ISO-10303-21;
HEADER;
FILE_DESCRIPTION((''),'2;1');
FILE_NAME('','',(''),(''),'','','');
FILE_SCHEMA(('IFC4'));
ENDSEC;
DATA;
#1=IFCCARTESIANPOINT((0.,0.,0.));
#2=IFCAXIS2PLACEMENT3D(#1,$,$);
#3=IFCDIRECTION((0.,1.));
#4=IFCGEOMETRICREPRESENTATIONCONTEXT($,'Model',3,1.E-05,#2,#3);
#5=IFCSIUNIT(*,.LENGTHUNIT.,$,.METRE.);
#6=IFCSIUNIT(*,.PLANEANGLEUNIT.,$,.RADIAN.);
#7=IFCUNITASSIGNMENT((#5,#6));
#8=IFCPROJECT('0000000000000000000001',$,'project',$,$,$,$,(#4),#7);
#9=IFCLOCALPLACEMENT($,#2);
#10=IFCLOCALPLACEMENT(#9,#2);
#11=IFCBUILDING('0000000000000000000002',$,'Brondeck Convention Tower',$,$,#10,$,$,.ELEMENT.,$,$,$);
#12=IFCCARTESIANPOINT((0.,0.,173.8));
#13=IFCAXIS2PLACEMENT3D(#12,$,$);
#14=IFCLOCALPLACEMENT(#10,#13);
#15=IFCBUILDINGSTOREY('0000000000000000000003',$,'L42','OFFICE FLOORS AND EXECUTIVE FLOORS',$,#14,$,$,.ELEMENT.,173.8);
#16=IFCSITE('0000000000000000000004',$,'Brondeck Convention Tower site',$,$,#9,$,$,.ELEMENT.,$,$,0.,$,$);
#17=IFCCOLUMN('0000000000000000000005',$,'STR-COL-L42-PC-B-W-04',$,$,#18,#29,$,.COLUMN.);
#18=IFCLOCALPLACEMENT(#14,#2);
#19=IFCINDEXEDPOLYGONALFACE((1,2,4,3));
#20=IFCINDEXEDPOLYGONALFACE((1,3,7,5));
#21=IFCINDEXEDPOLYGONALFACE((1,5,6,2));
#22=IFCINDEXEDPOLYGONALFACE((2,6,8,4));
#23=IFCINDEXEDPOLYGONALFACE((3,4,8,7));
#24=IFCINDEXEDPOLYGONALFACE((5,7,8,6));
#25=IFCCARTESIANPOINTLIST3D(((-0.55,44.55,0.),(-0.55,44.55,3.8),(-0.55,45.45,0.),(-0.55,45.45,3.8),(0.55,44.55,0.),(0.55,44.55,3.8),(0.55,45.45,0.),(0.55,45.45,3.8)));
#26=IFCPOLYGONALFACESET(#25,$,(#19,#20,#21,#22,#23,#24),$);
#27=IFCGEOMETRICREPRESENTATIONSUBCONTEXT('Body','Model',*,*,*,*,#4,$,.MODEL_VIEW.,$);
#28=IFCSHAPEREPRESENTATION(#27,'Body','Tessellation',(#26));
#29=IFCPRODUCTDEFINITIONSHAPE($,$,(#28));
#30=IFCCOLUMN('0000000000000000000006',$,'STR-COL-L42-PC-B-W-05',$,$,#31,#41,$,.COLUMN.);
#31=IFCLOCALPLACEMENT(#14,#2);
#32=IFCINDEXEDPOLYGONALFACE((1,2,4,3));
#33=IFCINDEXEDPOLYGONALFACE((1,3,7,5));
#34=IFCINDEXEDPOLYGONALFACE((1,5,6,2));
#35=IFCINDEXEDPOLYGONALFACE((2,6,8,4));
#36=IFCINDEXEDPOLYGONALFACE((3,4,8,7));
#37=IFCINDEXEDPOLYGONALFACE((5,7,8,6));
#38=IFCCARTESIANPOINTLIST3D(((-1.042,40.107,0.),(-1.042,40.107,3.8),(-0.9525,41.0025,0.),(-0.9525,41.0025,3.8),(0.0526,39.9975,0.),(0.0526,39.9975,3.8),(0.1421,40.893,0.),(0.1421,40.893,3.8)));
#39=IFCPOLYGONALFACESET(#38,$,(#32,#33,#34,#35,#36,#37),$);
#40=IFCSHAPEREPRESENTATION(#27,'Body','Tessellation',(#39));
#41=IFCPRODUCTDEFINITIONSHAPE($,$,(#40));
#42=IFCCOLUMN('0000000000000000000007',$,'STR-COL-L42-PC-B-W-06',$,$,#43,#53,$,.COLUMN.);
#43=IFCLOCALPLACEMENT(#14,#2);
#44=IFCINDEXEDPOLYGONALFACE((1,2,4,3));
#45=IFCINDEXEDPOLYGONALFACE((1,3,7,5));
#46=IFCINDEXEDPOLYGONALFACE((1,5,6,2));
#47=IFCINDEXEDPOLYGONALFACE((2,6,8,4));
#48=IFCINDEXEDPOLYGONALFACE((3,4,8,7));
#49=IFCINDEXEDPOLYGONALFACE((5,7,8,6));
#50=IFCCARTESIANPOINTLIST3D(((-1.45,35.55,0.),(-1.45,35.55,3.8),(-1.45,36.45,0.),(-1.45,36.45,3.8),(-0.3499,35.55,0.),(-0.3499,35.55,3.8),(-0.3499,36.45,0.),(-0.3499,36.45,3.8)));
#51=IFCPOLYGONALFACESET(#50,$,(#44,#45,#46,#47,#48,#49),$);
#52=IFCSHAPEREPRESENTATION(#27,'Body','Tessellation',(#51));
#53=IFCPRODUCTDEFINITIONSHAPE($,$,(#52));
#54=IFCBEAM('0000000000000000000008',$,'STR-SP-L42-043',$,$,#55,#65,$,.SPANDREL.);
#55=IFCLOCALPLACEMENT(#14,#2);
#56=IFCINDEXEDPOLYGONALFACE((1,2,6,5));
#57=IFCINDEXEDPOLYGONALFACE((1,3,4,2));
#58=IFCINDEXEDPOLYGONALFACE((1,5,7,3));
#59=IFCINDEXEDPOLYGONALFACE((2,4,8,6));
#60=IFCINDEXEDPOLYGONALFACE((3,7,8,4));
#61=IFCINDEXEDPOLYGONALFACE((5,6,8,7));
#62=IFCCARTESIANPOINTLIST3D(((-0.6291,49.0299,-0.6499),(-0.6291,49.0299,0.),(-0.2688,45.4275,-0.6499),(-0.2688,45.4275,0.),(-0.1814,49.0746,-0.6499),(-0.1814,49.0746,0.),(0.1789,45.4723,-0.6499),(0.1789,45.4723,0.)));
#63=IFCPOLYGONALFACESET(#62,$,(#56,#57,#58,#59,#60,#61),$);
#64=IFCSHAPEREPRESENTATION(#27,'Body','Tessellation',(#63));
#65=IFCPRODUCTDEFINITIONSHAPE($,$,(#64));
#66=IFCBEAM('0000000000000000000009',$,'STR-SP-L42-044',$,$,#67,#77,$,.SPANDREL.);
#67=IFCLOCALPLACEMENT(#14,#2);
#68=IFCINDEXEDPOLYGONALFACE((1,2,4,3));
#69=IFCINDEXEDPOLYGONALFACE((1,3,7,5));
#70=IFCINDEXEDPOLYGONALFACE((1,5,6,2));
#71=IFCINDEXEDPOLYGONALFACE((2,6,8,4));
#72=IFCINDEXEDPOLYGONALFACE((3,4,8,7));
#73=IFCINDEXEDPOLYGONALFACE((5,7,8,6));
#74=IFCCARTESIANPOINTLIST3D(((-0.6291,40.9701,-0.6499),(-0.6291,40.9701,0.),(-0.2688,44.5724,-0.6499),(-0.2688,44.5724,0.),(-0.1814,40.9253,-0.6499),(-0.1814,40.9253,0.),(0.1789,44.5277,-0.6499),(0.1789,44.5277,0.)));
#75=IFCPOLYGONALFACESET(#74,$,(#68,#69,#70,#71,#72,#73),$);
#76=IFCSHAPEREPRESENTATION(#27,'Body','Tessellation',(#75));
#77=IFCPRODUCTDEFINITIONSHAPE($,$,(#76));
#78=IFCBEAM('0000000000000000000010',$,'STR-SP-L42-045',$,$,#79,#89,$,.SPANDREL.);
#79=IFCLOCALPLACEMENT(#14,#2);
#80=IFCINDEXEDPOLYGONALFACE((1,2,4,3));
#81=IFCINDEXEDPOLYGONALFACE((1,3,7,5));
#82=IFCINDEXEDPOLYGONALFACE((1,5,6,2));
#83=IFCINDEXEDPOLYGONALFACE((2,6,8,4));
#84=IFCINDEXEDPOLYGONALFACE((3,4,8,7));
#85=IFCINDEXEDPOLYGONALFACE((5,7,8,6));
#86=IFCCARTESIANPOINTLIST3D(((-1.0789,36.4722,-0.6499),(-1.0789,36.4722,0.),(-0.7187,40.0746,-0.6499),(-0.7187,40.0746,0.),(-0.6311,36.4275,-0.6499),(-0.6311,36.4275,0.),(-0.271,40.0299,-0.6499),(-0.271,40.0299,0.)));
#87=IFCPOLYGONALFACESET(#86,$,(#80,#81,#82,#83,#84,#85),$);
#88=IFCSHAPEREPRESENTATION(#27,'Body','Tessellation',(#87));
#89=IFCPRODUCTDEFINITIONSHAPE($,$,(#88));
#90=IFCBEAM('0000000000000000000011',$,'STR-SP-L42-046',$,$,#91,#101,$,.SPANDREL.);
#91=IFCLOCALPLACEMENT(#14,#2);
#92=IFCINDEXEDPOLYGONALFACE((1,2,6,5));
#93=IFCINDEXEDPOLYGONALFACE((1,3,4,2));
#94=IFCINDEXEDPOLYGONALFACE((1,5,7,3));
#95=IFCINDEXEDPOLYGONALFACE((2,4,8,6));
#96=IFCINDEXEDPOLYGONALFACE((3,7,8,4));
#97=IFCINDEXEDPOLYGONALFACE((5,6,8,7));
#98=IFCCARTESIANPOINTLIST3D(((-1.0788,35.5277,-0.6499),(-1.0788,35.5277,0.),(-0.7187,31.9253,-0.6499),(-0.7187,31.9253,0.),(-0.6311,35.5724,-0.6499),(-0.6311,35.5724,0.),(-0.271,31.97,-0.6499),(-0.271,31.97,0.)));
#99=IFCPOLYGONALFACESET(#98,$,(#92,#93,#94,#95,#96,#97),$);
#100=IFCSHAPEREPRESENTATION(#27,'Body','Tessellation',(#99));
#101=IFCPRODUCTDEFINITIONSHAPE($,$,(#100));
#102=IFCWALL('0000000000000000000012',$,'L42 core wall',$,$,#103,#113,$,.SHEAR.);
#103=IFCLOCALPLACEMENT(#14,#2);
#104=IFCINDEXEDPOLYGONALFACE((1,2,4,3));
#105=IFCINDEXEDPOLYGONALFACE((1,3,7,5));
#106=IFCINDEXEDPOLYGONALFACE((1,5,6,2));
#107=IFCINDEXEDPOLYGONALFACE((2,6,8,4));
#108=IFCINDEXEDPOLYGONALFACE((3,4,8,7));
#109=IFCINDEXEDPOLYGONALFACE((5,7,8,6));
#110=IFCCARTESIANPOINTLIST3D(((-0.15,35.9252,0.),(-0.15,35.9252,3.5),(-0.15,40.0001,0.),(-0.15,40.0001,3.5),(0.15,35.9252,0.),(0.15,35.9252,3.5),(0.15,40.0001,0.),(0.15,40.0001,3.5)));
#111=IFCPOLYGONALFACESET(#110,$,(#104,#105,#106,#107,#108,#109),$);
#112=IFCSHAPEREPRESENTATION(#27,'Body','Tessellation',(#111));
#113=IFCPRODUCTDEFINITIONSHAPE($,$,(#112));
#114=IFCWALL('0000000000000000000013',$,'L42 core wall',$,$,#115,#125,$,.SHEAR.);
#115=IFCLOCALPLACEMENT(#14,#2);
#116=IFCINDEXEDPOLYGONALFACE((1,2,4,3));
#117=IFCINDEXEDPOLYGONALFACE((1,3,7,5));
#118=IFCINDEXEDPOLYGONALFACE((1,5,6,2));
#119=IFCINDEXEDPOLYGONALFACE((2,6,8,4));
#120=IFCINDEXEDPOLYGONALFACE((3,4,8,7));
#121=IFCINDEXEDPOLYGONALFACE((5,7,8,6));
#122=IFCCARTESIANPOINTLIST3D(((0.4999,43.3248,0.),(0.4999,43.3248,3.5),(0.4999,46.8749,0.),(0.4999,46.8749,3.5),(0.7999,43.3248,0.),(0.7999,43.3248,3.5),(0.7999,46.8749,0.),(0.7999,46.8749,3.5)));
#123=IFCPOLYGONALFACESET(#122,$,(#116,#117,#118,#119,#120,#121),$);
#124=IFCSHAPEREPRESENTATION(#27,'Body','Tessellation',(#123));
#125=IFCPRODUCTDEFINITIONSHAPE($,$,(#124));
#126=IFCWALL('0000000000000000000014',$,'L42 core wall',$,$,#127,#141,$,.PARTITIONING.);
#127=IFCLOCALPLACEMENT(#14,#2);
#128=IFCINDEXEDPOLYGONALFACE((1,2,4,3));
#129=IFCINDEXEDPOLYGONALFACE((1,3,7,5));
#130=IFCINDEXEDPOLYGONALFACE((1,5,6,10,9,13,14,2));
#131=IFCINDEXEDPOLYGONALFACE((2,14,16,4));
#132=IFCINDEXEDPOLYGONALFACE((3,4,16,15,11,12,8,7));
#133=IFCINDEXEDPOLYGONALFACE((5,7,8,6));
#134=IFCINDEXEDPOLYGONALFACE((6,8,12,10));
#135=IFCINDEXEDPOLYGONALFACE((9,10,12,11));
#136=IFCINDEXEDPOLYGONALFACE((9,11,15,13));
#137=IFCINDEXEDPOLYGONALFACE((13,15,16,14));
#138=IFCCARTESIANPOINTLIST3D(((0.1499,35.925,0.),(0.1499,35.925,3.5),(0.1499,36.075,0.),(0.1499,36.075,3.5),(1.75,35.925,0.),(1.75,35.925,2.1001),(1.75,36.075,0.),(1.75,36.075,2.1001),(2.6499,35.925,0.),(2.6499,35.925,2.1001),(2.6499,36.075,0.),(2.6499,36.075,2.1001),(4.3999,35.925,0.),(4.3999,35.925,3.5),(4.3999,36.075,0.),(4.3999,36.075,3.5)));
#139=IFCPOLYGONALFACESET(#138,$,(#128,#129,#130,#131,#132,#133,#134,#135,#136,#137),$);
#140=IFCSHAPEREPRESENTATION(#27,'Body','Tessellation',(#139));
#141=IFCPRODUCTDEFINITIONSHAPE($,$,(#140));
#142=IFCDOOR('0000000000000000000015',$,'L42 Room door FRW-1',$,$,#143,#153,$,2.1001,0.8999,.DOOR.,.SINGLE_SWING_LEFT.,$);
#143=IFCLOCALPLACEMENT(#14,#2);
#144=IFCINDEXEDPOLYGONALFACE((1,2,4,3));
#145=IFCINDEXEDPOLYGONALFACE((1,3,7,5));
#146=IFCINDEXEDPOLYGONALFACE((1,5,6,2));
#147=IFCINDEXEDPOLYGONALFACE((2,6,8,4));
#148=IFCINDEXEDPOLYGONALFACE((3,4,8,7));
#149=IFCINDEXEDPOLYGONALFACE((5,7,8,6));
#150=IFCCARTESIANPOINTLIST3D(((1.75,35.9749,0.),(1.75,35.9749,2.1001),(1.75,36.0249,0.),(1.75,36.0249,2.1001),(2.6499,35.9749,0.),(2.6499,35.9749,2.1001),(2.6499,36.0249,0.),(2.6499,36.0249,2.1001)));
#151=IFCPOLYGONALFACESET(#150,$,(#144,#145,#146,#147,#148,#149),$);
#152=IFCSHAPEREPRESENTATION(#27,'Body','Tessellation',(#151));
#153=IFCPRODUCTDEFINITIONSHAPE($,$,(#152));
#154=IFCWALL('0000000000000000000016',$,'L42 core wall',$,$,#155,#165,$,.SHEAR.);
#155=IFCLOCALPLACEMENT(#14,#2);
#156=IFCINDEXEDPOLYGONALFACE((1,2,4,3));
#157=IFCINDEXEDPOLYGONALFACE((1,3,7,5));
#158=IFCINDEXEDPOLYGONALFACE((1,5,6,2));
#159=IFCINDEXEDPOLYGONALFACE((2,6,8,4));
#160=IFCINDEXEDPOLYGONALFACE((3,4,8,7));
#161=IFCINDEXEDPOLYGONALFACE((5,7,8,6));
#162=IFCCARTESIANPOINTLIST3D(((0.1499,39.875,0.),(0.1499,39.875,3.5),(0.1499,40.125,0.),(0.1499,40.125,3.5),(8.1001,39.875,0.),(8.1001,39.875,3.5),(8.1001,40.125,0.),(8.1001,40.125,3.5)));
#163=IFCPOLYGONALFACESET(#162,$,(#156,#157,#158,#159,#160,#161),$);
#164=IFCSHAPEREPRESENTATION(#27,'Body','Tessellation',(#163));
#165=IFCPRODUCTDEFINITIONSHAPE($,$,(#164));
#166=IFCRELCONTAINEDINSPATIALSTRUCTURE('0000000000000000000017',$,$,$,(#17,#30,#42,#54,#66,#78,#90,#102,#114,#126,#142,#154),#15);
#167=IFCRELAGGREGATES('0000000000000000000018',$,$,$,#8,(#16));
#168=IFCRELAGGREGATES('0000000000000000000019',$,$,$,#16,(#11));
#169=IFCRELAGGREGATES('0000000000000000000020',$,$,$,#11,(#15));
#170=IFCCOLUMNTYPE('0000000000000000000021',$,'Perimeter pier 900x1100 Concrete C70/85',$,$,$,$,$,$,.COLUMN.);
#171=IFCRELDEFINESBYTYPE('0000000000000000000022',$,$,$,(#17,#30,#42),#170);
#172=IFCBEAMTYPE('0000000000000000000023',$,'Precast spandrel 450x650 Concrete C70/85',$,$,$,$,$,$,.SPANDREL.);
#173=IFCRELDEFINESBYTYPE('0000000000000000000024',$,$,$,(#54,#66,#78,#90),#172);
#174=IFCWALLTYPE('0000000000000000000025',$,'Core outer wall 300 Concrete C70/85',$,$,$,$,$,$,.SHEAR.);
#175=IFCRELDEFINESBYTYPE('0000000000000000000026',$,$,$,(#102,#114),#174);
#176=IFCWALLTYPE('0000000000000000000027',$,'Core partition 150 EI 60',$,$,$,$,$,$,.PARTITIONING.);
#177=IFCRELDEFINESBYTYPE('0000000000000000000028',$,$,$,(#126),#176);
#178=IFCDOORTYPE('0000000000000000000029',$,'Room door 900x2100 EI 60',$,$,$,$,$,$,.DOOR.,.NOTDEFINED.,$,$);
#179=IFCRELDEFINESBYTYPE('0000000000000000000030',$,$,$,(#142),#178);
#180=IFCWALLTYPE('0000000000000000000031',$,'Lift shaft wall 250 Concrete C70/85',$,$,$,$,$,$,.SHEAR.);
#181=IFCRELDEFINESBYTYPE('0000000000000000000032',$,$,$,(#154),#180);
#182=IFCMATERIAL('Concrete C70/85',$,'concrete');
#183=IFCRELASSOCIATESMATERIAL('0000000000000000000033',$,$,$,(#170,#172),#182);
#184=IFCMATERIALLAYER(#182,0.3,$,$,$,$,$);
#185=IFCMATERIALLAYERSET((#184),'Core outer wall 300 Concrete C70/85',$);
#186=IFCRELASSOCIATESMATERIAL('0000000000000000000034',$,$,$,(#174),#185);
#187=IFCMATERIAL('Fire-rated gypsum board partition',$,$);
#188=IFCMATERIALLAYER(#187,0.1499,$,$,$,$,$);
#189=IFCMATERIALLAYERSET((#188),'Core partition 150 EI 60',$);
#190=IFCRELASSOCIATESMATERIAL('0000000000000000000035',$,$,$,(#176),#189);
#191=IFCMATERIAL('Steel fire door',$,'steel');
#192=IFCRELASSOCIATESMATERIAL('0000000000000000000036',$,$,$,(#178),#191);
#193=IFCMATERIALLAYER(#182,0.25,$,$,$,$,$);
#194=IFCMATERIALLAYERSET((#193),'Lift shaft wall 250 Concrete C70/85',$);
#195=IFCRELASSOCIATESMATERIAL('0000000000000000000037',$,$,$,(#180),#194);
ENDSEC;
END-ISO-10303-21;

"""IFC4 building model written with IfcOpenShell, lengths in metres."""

from ifc_helpers import new_model, si_unit, direction, frame, frame_2d, origin, origin_2d, place, context, subcontext, project, spatial, rectangle, extrude, material, layer, layer_set, material_profile, profile_set, type_object, element, fill, save


model = new_model("IFC4")

# Units and contexts
model_context = context("Model", 3, precision=1e-05, world=origin(), true_north=direction((0.0, 1.0)))
body_context = subcontext(model_context, "Body", "Model", "MODEL_VIEW")
ifc_project = project(units=[si_unit("LENGTHUNIT", "METRE"), si_unit("PLANEANGLEUNIT", "RADIAN")], contexts=[model_context])

# Site, building, storey
site_placement = place(None, origin())
site = spatial("IfcSite", under=ifc_project, at=site_placement, Name="Brondeck Convention Tower site", CompositionType="ELEMENT", RefElevation=0.0)
building_placement = place(site_placement, origin())
building = spatial("IfcBuilding", under=site, at=building_placement, Name="Brondeck Convention Tower", CompositionType="ELEMENT")
storey_placement = place(building_placement, frame((0.0, 0.0, 173.8)))
storey = spatial("IfcBuildingStorey", under=building, at=storey_placement, Name="L42", Description="OFFICE FLOORS AND EXECUTIVE FLOORS", CompositionType="ELEMENT", Elevation=173.8)

# Columns
ifc_material_1 = material(Name="Concrete C70/85", Category="concrete")
ifc_material_profile_1 = material_profile(ifc_material_1, rectangle(XDim=0.8999, YDim=1.1001, at=origin_2d()), Name="Perimeter pier 900x1100 Concrete C70/85")
ifc_profile_set_1 = profile_set([ifc_material_profile_1], Name="Concrete C70/85")
column_type = type_object("IfcColumnType", Name="Perimeter pier 900x1100 Concrete C70/85", PredefinedType="COLUMN", material=ifc_profile_set_1)
for number, where, z_axis, x_axis, name in (
    (1, (0.0, 45.0, 0.0), (0.0, 0.0, 1.0), (0.0, -1.0, 0.0), "STR-COL-L42-PC-B-W-04"),
    (2, (-0.45, 40.5, 0.0), (0.0, 0.0, 1.0), (-0.099504, -0.995037, 0.0), "STR-COL-L42-PC-B-W-05"),
    (3, (-0.8999, 36.0, 0.0), (0.0, 0.0, 1.0), (0.0, -1.0, 0.0), "STR-COL-L42-PC-B-W-06"),
):
    element("IfcColumn", number, at=place(storey_placement, frame(where, z_axis=z_axis, x_axis=x_axis)), inside=storey, type_object=column_type, Name=name, PredefinedType="COLUMN", context=body_context, shape_type="SweptSolid", body=[
        extrude(rectangle(XDim=0.8999, YDim=1.1001, at=origin_2d()), origin(), (0.0, 0.0, 1.0), 3.8),
    ])

# Beams
ifc_material_profile_2 = material_profile(ifc_material_1, rectangle(XDim=0.45, YDim=0.6499, at=origin_2d()), Name="Precast spandrel 450x650 Concrete C70/85")
ifc_profile_set_2 = profile_set([ifc_material_profile_2], Name="Concrete C70/85")
beam_type = type_object("IfcBeamType", Name="Precast spandrel 450x650 Concrete C70/85", PredefinedType="SPANDREL", material=ifc_profile_set_2)
for number, where, z_axis, x_axis, name in (
    (4, (-0.4053, 49.0522, -0.325), (0.099537, -0.995034, 0.0), (0.995034, 0.099537, 0.0), "STR-SP-L42-043"),
    (5, (-0.0449, 44.55, -0.325), (-0.099537, -0.995034, 0.0), (0.995034, -0.099537, 0.0), "STR-SP-L42-044"),
    (6, (-0.4949, 40.0522, -0.325), (-0.09947, -0.995041, 0.0), (0.995041, -0.09947, 0.0), "STR-SP-L42-045"),
    (7, (-0.855, 35.55, -0.325), (0.09947, -0.995041, 0.0), (0.995041, 0.09947, 0.0), "STR-SP-L42-046"),
):
    element("IfcBeam", number, at=place(storey_placement, frame(where, z_axis=z_axis, x_axis=x_axis)), inside=storey, type_object=beam_type, Name=name, PredefinedType="SPANDREL", context=body_context, shape_type="SweptSolid", body=[
        extrude(rectangle(XDim=0.45, YDim=0.6499, at=origin_2d()), origin(), (0.0, 0.0, 1.0), 3.6204),
    ])

# Walls
ifc_layer_1 = layer(ifc_material_1, 0.3)
ifc_layer_set_1 = layer_set([ifc_layer_1], Name="Core outer wall 300 Concrete C70/85")
wall_type_1 = type_object("IfcWallType", Name="Core outer wall 300 Concrete C70/85", PredefinedType="SHEAR", material=ifc_layer_set_1)
wall_1_placement = place(storey_placement, frame((0.0, 35.925, 0.0), z_axis=(0.0, 0.0, 1.0), x_axis=(0.0, 1.0, 0.0)))
element("IfcWall", 8, at=wall_1_placement, inside=storey, type_object=wall_type_1, Name="L42 core wall", PredefinedType="SHEAR", context=body_context, shape_type="SweptSolid", body=[
    extrude(rectangle(XDim=4.075, YDim=0.3, at=frame_2d((2.0376, 0.0))), origin(), (0.0, 0.0, 1.0), 3.5),
])
wall_2_placement = place(storey_placement, frame((0.6499, 43.325, 0.0), z_axis=(0.0, 0.0, 1.0), x_axis=(0.0, 1.0, 0.0)))
element("IfcWall", 9, at=wall_2_placement, inside=storey, type_object=wall_type_1, Name="L42 core wall", PredefinedType="SHEAR", context=body_context, shape_type="SweptSolid", body=[
    extrude(rectangle(XDim=3.55, YDim=0.3, at=frame_2d((1.7749, 0.0))), origin(), (0.0, 0.0, 1.0), 3.5),
])

# Wall, opening, door
ifc_material_2 = material(Name="Fire-rated gypsum board partition")
ifc_layer_2 = layer(ifc_material_2, 0.1499)
ifc_layer_set_2 = layer_set([ifc_layer_2], Name="Core partition 150 EI 60")
wall_type_2 = type_object("IfcWallType", Name="Core partition 150 EI 60", PredefinedType="PARTITIONING", material=ifc_layer_set_2)
wall_3_placement = place(storey_placement, frame((0.1499, 36.0, 0.0), z_axis=(0.0, 0.0, 1.0), x_axis=(1.0, 0.0, 0.0)))
wall_3 = element("IfcWall", 10, at=wall_3_placement, inside=storey, type_object=wall_type_2, Name="L42 core wall", PredefinedType="PARTITIONING", context=body_context, shape_type="SweptSolid", body=[
    extrude(rectangle(XDim=4.25, YDim=0.1499, at=frame_2d((2.125, 0.0))), origin(), (0.0, 0.0, 1.0), 3.5),
])
opening_1_placement = place(wall_3_placement, frame((1.6001, 0.0, 0.0)))
opening_1 = element("IfcOpeningElement", 11, at=opening_1_placement, cuts=wall_3, PredefinedType="OPENING", context=body_context, shape_type="SweptSolid", body=[
    extrude(rectangle(XDim=0.8999, YDim=2.1001, at=frame_2d((0.45, 1.05))), frame((0.0, 0.085, 0.0), z_axis=(0.0, -1.0, 0.0), x_axis=(1.0, 0.0, 0.0)), (0.0, 0.0, 1.0), 0.1699),
])
ifc_material_3 = material(Name="Steel fire door", Category="steel")
door_type_1 = type_object("IfcDoorType", Name="Room door 900x2100 EI 60", OperationType="NOTDEFINED", PredefinedType="DOOR", material=ifc_material_3)
door_1_placement = place(opening_1_placement, origin())
door_1 = element("IfcDoor", 12, at=door_1_placement, inside=storey, type_object=door_type_1, Name="L42 Room door FRW-1", OperationType="SINGLE_SWING_LEFT", OverallHeight=2.1001, OverallWidth=0.8999, PredefinedType="DOOR", context=body_context, shape_type="SweptSolid", body=[
    extrude(rectangle(XDim=0.8999, YDim=2.1001, at=frame_2d((0.45, 1.05))), frame((0.0, 0.0249, 0.0), z_axis=(0.0, -1.0, 0.0), x_axis=(1.0, 0.0, 0.0)), (0.0, 0.0, 1.0), 0.05),
])
fill(opening_1, door_1)

# Wall
ifc_layer_3 = layer(ifc_material_1, 0.25)
ifc_layer_set_3 = layer_set([ifc_layer_3], Name="Lift shaft wall 250 Concrete C70/85")
wall_type_3 = type_object("IfcWallType", Name="Lift shaft wall 250 Concrete C70/85", PredefinedType="SHEAR", material=ifc_layer_set_3)
wall_4_placement = place(storey_placement, frame((0.1499, 40.0, 0.0), z_axis=(0.0, 0.0, 1.0), x_axis=(1.0, 0.0, 0.0)))
element("IfcWall", 13, at=wall_4_placement, inside=storey, type_object=wall_type_3, Name="L42 core wall", PredefinedType="SHEAR", context=body_context, shape_type="SweptSolid", body=[
    extrude(rectangle(XDim=7.9502, YDim=0.25, at=frame_2d((3.9751, 0.0))), origin(), (0.0, 0.0, 1.0), 3.5),
])

save(model, "model.ifc")
